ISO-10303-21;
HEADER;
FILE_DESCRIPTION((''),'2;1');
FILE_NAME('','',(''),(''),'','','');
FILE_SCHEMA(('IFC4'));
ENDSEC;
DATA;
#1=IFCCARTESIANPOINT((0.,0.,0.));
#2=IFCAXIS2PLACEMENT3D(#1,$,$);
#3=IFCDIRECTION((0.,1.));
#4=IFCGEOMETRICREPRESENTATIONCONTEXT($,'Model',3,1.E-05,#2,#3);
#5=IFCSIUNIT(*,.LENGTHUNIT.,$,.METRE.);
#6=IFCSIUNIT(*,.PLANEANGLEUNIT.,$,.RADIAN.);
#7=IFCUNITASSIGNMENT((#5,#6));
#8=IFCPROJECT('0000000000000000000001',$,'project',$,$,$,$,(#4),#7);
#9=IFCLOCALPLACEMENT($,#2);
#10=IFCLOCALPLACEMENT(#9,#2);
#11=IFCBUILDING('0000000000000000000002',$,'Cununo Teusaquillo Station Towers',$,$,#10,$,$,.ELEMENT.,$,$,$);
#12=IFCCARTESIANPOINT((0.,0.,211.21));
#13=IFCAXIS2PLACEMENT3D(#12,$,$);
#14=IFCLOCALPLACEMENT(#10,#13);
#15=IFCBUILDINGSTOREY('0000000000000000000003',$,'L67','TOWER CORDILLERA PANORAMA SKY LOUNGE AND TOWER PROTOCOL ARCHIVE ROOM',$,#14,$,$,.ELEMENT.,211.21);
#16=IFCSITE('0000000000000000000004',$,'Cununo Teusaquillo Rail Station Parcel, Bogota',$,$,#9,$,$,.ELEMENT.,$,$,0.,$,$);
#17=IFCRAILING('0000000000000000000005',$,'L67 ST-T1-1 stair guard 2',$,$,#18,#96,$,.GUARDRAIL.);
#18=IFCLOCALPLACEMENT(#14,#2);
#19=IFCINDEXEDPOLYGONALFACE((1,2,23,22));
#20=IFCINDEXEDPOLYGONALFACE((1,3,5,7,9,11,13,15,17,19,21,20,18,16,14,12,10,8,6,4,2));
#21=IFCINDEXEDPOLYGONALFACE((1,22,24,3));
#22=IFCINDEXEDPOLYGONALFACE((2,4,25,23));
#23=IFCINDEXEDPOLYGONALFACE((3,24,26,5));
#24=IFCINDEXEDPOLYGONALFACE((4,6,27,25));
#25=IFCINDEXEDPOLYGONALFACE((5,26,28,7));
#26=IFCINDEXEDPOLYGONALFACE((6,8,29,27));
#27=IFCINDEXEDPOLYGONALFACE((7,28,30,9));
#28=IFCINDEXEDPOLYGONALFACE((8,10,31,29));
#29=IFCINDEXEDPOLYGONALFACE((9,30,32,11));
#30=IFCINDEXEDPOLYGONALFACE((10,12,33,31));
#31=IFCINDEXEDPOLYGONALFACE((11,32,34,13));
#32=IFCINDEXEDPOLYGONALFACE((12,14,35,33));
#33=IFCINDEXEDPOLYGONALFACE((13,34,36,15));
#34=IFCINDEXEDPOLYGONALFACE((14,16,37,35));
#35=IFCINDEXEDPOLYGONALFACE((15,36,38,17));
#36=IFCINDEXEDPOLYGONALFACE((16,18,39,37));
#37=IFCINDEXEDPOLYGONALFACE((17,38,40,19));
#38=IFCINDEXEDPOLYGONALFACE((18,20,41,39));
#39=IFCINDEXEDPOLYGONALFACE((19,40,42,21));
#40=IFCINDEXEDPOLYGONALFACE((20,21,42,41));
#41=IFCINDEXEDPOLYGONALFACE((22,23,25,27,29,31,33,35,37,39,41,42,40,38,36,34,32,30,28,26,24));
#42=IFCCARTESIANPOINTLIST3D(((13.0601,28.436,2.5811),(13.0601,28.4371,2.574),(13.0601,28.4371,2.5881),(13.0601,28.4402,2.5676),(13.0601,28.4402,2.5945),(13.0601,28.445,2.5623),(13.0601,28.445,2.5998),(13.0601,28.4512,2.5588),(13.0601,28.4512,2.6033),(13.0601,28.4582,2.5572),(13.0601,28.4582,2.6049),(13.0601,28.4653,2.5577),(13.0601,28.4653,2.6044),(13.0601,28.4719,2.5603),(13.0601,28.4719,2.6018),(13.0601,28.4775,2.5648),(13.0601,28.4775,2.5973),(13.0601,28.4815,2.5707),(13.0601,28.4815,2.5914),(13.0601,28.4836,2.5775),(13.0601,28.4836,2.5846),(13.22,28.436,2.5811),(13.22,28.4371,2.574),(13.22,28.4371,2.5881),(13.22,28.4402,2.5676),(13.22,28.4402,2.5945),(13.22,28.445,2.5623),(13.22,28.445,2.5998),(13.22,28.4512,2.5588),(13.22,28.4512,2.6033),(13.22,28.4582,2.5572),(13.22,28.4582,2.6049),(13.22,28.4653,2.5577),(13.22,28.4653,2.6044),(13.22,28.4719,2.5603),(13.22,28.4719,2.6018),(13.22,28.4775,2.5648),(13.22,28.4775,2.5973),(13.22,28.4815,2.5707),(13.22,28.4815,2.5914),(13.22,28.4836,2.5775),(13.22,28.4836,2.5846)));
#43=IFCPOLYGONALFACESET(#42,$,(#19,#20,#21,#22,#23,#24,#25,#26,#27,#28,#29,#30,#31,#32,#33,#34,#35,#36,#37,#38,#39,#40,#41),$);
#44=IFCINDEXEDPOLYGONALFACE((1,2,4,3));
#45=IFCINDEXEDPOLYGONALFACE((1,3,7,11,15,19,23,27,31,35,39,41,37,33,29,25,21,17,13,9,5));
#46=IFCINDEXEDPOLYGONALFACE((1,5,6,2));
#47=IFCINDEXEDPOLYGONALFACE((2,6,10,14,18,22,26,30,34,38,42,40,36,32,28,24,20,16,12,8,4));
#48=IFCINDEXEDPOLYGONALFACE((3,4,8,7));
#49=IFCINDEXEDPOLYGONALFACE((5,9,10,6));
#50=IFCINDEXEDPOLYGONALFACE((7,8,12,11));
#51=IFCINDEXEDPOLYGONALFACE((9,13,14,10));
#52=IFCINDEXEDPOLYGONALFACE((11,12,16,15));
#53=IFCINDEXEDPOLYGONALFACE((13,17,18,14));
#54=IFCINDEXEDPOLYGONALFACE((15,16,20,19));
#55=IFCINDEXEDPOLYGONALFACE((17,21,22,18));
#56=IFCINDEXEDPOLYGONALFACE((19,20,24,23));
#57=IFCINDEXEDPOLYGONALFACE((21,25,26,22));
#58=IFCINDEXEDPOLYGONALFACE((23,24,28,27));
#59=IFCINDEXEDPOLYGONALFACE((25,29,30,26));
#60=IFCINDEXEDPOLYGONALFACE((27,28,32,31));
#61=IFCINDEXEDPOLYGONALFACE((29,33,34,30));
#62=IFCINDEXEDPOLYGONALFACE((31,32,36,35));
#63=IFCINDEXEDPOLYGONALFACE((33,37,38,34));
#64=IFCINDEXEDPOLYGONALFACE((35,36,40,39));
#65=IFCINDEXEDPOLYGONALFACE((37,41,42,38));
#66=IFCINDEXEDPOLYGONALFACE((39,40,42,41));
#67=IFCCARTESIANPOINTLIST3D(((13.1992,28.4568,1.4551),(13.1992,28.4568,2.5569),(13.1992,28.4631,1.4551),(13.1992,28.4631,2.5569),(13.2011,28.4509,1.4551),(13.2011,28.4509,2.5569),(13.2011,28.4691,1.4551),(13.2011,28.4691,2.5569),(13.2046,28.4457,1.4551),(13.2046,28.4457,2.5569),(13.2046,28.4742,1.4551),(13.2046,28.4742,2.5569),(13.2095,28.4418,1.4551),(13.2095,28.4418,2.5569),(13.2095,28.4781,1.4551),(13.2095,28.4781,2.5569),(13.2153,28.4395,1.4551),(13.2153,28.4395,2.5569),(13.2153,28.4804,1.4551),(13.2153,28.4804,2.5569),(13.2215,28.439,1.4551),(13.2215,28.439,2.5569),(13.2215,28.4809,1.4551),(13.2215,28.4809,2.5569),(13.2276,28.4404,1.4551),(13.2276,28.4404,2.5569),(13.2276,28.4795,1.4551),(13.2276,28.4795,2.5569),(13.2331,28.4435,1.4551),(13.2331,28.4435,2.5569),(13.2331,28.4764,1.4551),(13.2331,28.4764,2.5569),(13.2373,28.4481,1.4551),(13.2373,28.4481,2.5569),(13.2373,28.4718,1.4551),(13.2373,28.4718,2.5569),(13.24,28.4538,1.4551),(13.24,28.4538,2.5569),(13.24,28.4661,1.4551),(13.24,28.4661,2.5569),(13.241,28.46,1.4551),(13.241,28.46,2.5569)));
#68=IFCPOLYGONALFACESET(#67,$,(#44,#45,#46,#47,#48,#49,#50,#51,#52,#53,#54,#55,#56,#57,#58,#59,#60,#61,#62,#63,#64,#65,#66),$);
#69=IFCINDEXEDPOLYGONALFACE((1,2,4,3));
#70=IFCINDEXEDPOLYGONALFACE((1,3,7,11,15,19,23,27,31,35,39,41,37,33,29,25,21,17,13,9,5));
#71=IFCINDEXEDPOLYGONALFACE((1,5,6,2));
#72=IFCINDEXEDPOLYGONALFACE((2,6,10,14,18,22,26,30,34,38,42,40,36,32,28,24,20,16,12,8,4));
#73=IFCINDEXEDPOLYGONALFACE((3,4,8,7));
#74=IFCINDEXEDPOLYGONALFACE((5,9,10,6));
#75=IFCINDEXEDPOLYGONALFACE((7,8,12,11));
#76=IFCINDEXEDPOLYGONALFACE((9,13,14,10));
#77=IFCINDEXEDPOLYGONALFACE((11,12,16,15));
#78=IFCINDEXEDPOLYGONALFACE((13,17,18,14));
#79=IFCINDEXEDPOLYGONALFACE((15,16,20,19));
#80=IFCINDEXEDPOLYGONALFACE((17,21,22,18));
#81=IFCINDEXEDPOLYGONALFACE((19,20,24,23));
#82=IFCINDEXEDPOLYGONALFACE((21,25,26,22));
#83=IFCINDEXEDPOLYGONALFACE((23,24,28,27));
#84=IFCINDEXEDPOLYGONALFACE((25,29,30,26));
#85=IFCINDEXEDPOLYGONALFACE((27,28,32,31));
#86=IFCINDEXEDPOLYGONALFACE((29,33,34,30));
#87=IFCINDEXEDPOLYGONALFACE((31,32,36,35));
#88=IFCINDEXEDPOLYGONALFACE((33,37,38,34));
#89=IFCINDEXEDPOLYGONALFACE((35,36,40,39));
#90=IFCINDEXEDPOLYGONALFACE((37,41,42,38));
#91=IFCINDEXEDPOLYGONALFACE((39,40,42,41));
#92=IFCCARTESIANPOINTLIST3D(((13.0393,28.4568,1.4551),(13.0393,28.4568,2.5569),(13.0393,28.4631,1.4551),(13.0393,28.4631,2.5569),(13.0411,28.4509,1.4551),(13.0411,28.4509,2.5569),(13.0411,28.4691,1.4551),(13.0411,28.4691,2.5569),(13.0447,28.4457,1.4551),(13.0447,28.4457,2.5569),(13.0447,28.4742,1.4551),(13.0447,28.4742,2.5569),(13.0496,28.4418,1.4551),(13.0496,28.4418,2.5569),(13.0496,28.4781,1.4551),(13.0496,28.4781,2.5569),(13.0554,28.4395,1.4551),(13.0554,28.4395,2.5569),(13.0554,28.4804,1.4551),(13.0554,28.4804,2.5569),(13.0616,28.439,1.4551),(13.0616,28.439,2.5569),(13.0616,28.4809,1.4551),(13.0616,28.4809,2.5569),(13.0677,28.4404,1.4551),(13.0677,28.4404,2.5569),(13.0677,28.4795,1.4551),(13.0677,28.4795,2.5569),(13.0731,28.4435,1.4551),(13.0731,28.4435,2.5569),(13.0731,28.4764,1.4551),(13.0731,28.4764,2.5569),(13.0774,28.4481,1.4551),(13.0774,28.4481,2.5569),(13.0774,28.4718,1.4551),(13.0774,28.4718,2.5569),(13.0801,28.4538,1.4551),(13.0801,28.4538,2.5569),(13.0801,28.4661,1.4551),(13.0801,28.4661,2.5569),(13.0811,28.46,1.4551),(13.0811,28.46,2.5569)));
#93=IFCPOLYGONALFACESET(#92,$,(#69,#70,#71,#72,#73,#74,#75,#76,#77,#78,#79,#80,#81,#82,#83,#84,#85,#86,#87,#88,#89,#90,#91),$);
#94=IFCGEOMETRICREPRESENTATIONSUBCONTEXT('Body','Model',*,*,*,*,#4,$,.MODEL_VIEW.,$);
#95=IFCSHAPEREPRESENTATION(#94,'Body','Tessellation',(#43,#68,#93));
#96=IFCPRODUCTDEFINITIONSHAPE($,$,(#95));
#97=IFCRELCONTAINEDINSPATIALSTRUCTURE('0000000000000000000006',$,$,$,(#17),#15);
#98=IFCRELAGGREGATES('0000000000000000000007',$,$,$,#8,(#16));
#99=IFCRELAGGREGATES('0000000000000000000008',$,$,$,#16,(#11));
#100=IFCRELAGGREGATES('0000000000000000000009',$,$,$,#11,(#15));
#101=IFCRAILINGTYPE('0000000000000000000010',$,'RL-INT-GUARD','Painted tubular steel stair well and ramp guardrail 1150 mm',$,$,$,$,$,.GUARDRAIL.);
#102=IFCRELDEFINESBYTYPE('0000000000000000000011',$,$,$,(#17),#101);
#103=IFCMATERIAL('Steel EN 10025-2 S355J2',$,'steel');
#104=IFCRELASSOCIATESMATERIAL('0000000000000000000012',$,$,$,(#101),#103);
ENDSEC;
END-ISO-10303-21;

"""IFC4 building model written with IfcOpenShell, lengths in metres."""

from ifc_helpers import new_model, si_unit, direction, frame, origin, origin_2d, place, context, subcontext, project, spatial, circle, extrude, material, type_object, element, save


model = new_model("IFC4")

# Units and contexts
model_context = context("Model", 3, precision=1e-05, world=origin(), true_north=direction((0.0, 1.0)))
body_context = subcontext(model_context, "Body", "Model", "MODEL_VIEW")
ifc_project = project(units=[si_unit("LENGTHUNIT", "METRE"), si_unit("PLANEANGLEUNIT", "RADIAN")], contexts=[model_context])

# Site, building, storey
site_placement = place(None, origin())
site = spatial("IfcSite", under=ifc_project, at=site_placement, Name="Cununo Teusaquillo Rail Station Parcel, Bogota", CompositionType="ELEMENT", RefElevation=0.0)
building_placement = place(site_placement, origin())
building = spatial("IfcBuilding", under=site, at=building_placement, Name="Cununo Teusaquillo Station Towers", CompositionType="ELEMENT")
storey_placement = place(building_placement, frame((0.0, 0.0, 211.21)))
storey = spatial("IfcBuildingStorey", under=building, at=storey_placement, Name="L67", Description="TOWER CORDILLERA PANORAMA SKY LOUNGE AND TOWER PROTOCOL ARCHIVE ROOM", CompositionType="ELEMENT", Elevation=211.21)

# Railing
ifc_material_1 = material(Name="Steel EN 10025-2 S355J2", Category="steel")
railing_type_1 = type_object("IfcRailingType", Name="RL-INT-GUARD", Description="Painted tubular steel stair well and ramp guardrail 1150 mm", PredefinedType="GUARDRAIL", material=ifc_material_1)
railing_1_placement = place(storey_placement, frame((13.22, 28.46, 1.4551)))
element("IfcRailing", 1, at=railing_1_placement, inside=storey, type_object=railing_type_1, Name="L67 ST-T1-1 stair guard 2", PredefinedType="GUARDRAIL", context=body_context, shape_type="SweptSolid", body=[
    extrude(circle(Radius=0.0239, at=origin_2d()), frame((0.0, 0.0, 1.126), z_axis=(-1.0, 0.0, 0.0), x_axis=(0.0, -1.0, 0.0)), (0.0, 0.0, 1.0), 0.1599),
    extrude(circle(Radius=0.021, at=origin_2d()), origin(), (0.0, 0.0, 1.0), 1.1018),
    extrude(circle(Radius=0.021, at=origin_2d()), frame((-0.1599, 0.0, 0.0)), (0.0, 0.0, 1.0), 1.1018),
])

save(model, "model.ifc")
